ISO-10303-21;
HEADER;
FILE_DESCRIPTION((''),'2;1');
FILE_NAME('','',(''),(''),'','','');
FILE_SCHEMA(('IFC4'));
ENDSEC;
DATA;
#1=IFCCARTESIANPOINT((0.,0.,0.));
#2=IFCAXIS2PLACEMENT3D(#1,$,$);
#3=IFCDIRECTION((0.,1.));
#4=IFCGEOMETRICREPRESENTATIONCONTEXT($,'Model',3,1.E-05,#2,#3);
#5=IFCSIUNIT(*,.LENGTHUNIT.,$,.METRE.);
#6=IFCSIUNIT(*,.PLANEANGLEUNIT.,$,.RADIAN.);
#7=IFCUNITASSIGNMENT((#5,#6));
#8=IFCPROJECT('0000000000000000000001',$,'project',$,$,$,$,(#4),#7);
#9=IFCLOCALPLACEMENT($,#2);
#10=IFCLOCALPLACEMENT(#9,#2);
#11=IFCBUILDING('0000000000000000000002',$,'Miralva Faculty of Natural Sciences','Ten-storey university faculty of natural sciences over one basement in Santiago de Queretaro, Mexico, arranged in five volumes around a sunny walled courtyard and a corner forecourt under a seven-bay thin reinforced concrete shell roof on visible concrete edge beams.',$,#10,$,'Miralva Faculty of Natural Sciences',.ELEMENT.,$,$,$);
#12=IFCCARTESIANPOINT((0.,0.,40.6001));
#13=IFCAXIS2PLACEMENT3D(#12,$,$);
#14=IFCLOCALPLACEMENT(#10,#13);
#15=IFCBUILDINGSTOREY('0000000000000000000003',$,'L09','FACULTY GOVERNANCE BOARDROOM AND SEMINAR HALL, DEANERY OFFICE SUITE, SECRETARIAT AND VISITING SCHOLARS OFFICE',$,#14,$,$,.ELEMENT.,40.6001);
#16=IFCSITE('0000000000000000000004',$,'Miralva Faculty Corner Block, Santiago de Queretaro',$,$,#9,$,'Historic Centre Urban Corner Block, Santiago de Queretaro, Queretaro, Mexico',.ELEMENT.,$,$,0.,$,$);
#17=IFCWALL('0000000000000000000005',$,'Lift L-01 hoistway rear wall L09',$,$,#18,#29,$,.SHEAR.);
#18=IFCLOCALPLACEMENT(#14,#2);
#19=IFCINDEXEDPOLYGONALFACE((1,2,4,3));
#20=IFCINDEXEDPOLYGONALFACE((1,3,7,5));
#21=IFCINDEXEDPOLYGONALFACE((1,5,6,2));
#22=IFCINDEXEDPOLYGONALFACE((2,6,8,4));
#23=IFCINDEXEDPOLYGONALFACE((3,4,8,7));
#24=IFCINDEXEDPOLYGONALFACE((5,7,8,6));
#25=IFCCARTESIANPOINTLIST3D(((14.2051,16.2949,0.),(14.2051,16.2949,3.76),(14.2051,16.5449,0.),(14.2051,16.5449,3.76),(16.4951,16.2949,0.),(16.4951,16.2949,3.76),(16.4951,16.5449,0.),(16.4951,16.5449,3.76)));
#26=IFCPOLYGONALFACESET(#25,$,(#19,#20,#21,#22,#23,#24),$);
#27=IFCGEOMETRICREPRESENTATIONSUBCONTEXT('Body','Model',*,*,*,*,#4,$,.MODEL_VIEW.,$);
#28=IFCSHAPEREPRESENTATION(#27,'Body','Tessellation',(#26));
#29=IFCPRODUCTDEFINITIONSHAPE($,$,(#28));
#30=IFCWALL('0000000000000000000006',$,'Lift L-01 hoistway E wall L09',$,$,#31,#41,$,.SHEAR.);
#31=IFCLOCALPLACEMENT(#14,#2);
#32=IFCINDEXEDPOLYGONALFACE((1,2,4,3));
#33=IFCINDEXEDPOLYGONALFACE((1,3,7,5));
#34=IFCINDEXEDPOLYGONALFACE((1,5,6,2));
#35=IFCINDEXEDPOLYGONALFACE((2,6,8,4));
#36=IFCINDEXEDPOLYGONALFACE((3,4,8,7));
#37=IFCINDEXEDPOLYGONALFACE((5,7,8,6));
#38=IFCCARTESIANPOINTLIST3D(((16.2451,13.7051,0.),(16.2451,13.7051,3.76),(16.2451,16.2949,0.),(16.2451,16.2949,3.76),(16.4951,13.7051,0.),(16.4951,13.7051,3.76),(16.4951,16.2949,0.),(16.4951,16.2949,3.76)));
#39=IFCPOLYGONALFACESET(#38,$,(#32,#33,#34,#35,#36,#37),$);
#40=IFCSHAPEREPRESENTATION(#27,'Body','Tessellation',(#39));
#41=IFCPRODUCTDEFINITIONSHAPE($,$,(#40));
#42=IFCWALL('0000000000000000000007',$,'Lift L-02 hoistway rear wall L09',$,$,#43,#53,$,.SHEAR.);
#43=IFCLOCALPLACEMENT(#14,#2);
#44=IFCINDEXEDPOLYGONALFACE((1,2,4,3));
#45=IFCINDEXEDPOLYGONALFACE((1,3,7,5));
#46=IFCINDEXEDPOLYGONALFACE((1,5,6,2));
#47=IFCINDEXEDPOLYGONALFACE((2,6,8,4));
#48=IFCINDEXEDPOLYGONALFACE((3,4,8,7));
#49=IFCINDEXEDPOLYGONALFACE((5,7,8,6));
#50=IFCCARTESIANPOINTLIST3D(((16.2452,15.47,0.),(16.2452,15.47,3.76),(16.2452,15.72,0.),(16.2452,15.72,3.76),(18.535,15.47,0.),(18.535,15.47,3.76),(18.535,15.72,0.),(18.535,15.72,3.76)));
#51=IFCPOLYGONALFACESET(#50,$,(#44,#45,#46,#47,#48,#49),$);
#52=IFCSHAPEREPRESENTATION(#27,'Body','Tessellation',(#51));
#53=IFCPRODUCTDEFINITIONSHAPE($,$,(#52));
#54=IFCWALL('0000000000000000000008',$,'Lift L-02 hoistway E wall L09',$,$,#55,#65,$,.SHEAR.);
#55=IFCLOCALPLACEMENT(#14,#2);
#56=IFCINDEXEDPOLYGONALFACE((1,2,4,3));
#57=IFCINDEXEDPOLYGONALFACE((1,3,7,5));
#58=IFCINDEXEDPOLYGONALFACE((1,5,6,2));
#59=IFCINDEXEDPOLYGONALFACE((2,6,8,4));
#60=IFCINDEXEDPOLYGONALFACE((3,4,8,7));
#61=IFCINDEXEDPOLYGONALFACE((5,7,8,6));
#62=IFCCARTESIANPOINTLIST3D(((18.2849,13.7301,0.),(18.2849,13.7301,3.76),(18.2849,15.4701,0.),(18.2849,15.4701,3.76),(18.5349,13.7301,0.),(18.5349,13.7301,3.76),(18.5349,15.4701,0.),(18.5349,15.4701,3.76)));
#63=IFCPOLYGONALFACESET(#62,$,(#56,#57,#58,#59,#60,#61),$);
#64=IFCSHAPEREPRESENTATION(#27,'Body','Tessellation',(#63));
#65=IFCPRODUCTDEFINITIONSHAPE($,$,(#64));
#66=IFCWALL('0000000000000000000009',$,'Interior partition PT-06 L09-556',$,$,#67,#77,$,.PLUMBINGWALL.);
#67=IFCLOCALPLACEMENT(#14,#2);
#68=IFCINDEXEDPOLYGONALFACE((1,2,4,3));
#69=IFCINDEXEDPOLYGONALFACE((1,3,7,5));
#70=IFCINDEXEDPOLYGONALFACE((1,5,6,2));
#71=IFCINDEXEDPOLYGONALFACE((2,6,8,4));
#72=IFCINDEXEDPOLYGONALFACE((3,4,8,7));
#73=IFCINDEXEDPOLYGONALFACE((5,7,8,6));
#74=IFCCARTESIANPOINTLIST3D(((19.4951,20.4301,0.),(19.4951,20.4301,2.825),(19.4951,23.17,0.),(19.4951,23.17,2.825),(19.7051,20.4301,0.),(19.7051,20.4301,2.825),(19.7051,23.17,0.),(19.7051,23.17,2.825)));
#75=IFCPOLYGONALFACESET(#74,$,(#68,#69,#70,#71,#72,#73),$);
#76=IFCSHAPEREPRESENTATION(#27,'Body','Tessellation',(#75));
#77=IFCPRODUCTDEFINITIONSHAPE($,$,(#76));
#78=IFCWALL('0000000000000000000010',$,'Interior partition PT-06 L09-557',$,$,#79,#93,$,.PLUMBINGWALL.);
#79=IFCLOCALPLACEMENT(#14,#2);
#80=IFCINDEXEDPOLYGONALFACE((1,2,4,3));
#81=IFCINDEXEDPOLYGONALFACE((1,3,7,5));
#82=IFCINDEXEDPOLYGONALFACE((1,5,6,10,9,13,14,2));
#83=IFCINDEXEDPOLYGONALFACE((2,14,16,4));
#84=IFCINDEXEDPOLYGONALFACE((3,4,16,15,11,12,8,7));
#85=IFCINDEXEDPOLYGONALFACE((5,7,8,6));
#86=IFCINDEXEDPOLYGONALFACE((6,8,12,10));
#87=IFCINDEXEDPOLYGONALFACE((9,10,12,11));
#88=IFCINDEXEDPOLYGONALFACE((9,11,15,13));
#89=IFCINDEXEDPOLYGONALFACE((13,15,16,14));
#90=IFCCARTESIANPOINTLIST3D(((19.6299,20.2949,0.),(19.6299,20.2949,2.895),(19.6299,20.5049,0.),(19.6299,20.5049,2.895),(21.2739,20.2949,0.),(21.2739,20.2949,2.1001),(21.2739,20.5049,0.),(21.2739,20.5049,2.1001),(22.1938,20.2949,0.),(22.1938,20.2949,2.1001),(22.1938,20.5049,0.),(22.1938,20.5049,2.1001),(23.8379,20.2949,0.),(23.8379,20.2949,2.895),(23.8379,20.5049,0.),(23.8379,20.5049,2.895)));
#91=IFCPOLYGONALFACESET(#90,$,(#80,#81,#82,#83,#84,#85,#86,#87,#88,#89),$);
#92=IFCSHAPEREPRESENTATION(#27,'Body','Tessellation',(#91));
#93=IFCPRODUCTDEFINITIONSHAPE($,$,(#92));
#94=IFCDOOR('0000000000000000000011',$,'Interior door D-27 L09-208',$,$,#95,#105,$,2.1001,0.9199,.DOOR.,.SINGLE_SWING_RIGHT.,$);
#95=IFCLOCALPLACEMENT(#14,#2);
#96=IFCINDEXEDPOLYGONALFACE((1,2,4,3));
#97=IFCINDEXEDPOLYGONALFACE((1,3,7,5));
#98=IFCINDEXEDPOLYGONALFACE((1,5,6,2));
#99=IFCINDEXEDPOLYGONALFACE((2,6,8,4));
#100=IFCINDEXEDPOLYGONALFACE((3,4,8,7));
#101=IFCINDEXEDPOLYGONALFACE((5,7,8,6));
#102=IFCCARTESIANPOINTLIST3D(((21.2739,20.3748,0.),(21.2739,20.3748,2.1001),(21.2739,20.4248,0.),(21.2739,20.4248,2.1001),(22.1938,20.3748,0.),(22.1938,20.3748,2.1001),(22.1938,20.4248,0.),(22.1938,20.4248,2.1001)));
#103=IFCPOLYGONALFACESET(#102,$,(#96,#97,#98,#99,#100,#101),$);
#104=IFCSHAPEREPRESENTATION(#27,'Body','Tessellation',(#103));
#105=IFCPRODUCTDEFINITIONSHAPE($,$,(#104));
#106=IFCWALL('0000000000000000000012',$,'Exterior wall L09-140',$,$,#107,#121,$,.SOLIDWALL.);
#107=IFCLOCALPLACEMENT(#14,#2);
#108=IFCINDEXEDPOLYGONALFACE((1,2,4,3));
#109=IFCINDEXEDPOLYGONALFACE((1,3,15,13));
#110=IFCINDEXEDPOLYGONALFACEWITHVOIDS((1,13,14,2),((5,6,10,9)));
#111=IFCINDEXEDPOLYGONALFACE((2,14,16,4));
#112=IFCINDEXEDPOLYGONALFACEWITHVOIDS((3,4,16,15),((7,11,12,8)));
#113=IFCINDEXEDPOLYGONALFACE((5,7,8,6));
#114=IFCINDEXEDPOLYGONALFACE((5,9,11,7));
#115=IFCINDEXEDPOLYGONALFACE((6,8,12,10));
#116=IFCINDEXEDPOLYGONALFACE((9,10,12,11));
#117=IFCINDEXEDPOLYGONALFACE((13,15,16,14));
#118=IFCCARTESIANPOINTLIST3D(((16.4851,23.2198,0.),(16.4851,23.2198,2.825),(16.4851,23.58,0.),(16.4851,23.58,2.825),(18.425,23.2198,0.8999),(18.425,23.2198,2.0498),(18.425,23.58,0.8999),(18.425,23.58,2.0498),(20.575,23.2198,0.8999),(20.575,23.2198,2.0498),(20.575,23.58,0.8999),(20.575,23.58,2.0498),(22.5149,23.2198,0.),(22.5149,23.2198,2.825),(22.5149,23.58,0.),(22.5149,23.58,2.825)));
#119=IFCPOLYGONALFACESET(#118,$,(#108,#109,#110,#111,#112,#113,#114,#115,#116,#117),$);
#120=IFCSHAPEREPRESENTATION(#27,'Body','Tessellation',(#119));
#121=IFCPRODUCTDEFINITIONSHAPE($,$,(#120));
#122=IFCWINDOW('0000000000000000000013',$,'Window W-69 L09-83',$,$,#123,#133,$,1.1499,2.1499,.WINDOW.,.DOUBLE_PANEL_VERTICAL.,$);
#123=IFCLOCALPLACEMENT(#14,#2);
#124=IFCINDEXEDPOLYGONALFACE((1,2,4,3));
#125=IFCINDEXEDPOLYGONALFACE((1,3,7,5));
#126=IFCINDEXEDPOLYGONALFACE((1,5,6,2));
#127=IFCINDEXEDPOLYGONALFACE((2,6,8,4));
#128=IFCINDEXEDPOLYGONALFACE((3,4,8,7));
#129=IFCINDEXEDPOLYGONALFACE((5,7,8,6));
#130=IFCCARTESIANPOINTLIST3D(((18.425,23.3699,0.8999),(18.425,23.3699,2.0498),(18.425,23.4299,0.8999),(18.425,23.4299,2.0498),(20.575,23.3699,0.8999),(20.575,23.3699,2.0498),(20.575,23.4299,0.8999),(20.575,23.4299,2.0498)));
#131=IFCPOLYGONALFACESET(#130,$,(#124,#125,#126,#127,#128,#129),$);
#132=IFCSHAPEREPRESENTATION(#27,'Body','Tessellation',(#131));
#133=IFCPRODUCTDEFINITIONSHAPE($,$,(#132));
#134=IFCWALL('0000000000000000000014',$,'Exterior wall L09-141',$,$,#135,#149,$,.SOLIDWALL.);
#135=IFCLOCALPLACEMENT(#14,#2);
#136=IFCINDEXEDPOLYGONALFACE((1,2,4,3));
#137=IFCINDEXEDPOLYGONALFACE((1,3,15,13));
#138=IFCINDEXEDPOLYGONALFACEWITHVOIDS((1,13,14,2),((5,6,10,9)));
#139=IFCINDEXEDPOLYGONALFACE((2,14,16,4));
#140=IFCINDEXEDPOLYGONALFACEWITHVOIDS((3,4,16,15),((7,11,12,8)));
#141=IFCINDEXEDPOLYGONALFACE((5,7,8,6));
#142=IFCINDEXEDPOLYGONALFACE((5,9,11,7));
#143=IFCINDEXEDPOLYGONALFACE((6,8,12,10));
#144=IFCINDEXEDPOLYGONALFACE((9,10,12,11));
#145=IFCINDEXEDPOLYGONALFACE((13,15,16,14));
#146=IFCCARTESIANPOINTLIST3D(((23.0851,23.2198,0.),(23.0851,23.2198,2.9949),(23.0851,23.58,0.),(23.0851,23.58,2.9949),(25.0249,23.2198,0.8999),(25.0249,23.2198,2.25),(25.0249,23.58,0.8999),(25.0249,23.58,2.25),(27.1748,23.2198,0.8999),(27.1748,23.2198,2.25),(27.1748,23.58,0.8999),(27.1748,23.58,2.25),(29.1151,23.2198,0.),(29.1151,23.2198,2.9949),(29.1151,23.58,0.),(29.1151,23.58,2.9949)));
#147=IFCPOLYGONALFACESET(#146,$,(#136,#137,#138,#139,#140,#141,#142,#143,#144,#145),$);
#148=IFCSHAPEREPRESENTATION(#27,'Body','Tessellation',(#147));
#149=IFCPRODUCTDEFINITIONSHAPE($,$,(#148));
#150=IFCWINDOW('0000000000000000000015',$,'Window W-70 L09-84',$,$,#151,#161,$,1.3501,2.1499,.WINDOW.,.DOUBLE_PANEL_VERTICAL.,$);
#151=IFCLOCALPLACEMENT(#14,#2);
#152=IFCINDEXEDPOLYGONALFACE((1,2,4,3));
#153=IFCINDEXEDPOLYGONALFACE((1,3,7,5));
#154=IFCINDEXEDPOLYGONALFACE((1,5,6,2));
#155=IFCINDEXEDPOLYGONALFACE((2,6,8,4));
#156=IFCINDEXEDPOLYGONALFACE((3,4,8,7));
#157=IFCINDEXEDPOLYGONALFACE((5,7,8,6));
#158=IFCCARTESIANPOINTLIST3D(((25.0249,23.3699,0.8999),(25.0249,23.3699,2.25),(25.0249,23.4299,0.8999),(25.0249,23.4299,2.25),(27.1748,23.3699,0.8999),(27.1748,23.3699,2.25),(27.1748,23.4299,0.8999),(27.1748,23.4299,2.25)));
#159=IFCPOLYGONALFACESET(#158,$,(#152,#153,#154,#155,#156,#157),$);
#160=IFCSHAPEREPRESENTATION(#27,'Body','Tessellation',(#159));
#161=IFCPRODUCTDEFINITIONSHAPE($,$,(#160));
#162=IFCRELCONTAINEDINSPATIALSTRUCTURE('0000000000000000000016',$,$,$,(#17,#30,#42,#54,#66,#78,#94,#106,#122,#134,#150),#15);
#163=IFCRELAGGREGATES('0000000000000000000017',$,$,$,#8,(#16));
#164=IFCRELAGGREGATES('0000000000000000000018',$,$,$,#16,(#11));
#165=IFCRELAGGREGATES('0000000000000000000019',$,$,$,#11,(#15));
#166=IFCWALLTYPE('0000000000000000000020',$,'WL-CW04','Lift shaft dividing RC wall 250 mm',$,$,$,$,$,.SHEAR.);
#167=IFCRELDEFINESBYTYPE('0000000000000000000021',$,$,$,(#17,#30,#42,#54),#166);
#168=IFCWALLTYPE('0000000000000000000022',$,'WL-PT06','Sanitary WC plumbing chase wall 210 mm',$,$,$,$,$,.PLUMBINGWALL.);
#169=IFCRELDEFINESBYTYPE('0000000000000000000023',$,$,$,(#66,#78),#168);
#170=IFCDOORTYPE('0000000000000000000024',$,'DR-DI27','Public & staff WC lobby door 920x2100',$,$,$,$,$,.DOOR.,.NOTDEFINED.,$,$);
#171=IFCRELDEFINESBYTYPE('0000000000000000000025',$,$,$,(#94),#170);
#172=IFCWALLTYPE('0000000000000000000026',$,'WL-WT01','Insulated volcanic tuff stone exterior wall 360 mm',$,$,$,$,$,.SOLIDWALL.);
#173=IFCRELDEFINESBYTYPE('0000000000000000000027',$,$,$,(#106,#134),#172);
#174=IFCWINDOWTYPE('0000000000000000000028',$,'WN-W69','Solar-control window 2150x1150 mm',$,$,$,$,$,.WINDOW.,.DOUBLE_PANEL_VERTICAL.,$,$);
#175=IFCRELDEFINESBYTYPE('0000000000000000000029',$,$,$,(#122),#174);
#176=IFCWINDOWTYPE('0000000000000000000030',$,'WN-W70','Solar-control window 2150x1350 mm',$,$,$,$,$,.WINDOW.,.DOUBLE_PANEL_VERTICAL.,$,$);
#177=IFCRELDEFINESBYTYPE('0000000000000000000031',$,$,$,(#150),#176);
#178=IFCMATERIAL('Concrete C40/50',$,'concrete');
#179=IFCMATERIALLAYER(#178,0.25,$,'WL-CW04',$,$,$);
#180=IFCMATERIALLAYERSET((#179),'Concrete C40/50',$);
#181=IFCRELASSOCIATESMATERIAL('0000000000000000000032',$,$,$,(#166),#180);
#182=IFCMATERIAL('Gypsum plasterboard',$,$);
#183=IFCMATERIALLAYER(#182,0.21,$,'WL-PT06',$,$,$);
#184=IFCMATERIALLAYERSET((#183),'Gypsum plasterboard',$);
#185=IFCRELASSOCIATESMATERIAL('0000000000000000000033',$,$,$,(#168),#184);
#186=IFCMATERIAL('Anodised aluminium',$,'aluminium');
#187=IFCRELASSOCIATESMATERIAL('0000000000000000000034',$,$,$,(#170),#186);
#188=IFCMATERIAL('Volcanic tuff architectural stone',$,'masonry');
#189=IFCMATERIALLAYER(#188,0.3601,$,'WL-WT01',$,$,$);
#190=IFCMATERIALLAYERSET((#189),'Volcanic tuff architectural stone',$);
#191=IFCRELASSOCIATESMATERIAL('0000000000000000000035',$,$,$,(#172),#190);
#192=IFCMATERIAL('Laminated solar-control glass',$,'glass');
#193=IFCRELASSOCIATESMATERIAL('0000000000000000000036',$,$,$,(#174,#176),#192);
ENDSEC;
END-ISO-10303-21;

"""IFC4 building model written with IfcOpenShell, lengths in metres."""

from ifc_helpers import new_model, si_unit, direction, frame, frame_2d, origin, place, context, subcontext, project, spatial, rectangle, extrude, material, layer, layer_set, type_object, element, fill, save


model = new_model("IFC4")

# Units and contexts
model_context = context("Model", 3, precision=1e-05, world=origin(), true_north=direction((0.0, 1.0)))
body_context = subcontext(model_context, "Body", "Model", "MODEL_VIEW")
ifc_project = project(units=[si_unit("LENGTHUNIT", "METRE"), si_unit("PLANEANGLEUNIT", "RADIAN")], contexts=[model_context])

# Site, building, storey
site_placement = place(None, origin())
site = spatial("IfcSite", under=ifc_project, at=site_placement, Name="Miralva Faculty Corner Block, Santiago de Queretaro", LongName="Historic Centre Urban Corner Block, Santiago de Queretaro, Queretaro, Mexico", CompositionType="ELEMENT", RefElevation=0.0)
building_placement = place(site_placement, origin())
building = spatial("IfcBuilding", under=site, at=building_placement, Name="Miralva Faculty of Natural Sciences", Description="Ten-storey university faculty of natural sciences over one basement in Santiago de Queretaro, Mexico, arranged in five volumes around a sunny walled courtyard and a corner forecourt under a seven-bay thin reinforced concrete shell roof on visible concrete edge beams.", LongName="Miralva Faculty of Natural Sciences", CompositionType="ELEMENT")
storey_placement = place(building_placement, frame((0.0, 0.0, 40.6001)))
storey = spatial("IfcBuildingStorey", under=building, at=storey_placement, Name="L09", Description="FACULTY GOVERNANCE BOARDROOM AND SEMINAR HALL, DEANERY OFFICE SUITE, SECRETARIAT AND VISITING SCHOLARS OFFICE", CompositionType="ELEMENT", Elevation=40.6001)

# Shared definitions
ifc_material_1 = material(Name="Concrete C40/50", Category="concrete")

# Shared definitions
ifc_layer_1 = layer(ifc_material_1, 0.25, Name="WL-CW04")
ifc_layer_set_1 = layer_set([ifc_layer_1], Name="Concrete C40/50")
wall_type_1 = type_object("IfcWallType", Name="WL-CW04", Description="Lift shaft dividing RC wall 250 mm", PredefinedType="SHEAR", material=ifc_layer_set_1)

# Walls
wall_1_placement = place(storey_placement, frame((14.2051, 16.4199, 0.0), z_axis=(0.0, 0.0, 1.0), x_axis=(1.0, 0.0, 0.0)))
element("IfcWall", 1, at=wall_1_placement, inside=storey, type_object=wall_type_1, Name="Lift L-01 hoistway rear wall L09", PredefinedType="SHEAR", context=body_context, shape_type="SweptSolid", body=[
    extrude(rectangle(XDim=2.29, YDim=0.25, at=frame_2d((1.145, 0.0))), origin(), (0.0, 0.0, 1.0), 3.76),
])
wall_2_placement = place(storey_placement, frame((16.3701, 13.7051, 0.0), z_axis=(0.0, 0.0, 1.0), x_axis=(0.0, 1.0, 0.0)))
element("IfcWall", 2, at=wall_2_placement, inside=storey, type_object=wall_type_1, Name="Lift L-01 hoistway E wall L09", PredefinedType="SHEAR", context=body_context, shape_type="SweptSolid", body=[
    extrude(rectangle(XDim=2.5898, YDim=0.25, at=frame_2d((1.2949, 0.0))), origin(), (0.0, 0.0, 1.0), 3.76),
])

# Walls
wall_3_placement = place(storey_placement, frame((16.2451, 15.595, 0.0), z_axis=(0.0, 0.0, 1.0), x_axis=(1.0, 0.0, 0.0)))
element("IfcWall", 3, at=wall_3_placement, inside=storey, type_object=wall_type_1, Name="Lift L-02 hoistway rear wall L09", PredefinedType="SHEAR", context=body_context, shape_type="SweptSolid", body=[
    extrude(rectangle(XDim=2.2898, YDim=0.25, at=frame_2d((1.145, 0.0))), origin(), (0.0, 0.0, 1.0), 3.76),
])
wall_4_placement = place(storey_placement, frame((18.4099, 13.73, 0.0), z_axis=(0.0, 0.0, 1.0), x_axis=(0.0, 1.0, 0.0)))
element("IfcWall", 4, at=wall_4_placement, inside=storey, type_object=wall_type_1, Name="Lift L-02 hoistway E wall L09", PredefinedType="SHEAR", context=body_context, shape_type="SweptSolid", body=[
    extrude(rectangle(XDim=1.74, YDim=0.25, at=frame_2d((0.8701, 0.0))), origin(), (0.0, 0.0, 1.0), 3.76),
])
ifc_material_2 = material(Name="Gypsum plasterboard")
ifc_layer_2 = layer(ifc_material_2, 0.21, Name="WL-PT06")
ifc_layer_set_2 = layer_set([ifc_layer_2], Name="Gypsum plasterboard")
wall_type_2 = type_object("IfcWallType", Name="WL-PT06", Description="Sanitary WC plumbing chase wall 210 mm", PredefinedType="PLUMBINGWALL", material=ifc_layer_set_2)
wall_5_placement = place(storey_placement, frame((19.6001, 20.4299, 0.0), z_axis=(0.0, 0.0, 1.0), x_axis=(0.0, 1.0, 0.0)))
element("IfcWall", 5, at=wall_5_placement, inside=storey, type_object=wall_type_2, Name="Interior partition PT-06 L09-556", PredefinedType="PLUMBINGWALL", context=body_context, shape_type="SweptSolid", body=[
    extrude(rectangle(XDim=2.74, YDim=0.21, at=frame_2d((1.3701, 0.0))), origin(), (0.0, 0.0, 1.0), 2.825),
])

# Wall, opening, door
wall_6_placement = place(storey_placement, frame((19.6299, 20.3999, 0.0), z_axis=(0.0, 0.0, 1.0), x_axis=(1.0, 0.0, 0.0)))
wall_6 = element("IfcWall", 6, at=wall_6_placement, inside=storey, type_object=wall_type_2, Name="Interior partition PT-06 L09-557", PredefinedType="PLUMBINGWALL", context=body_context, shape_type="SweptSolid", body=[
    extrude(rectangle(XDim=4.208, YDim=0.21, at=frame_2d((2.104, 0.0))), origin(), (0.0, 0.0, 1.0), 2.895),
])
opening_1_placement = place(wall_6_placement, frame((1.644, 0.0, 0.0)))
opening_1 = element("IfcOpeningElement", 7, at=opening_1_placement, cuts=wall_6, PredefinedType="OPENING", context=body_context, shape_type="SweptSolid", body=[
    extrude(rectangle(XDim=0.9199, YDim=2.1001, at=frame_2d((0.46, 1.05))), frame((0.0, 0.115, 0.0), z_axis=(0.0, -1.0, 0.0), x_axis=(1.0, 0.0, 0.0)), (0.0, 0.0, 1.0), 0.23),
])
ifc_material_3 = material(Name="Anodised aluminium", Category="aluminium")
door_type_1 = type_object("IfcDoorType", Name="DR-DI27", Description="Public & staff WC lobby door 920x2100", OperationType="NOTDEFINED", PredefinedType="DOOR", material=ifc_material_3)
door_1_placement = place(opening_1_placement, origin())
door_1 = element("IfcDoor", 8, at=door_1_placement, inside=storey, type_object=door_type_1, Name="Interior door D-27 L09-208", OperationType="SINGLE_SWING_RIGHT", OverallHeight=2.1001, OverallWidth=0.9199, PredefinedType="DOOR", context=body_context, shape_type="SweptSolid", body=[
    extrude(rectangle(XDim=0.9199, YDim=2.1001, at=frame_2d((0.46, 1.05))), frame((0.0, 0.0249, 0.0), z_axis=(0.0, -1.0, 0.0), x_axis=(1.0, 0.0, 0.0)), (0.0, 0.0, 1.0), 0.05),
])
fill(opening_1, door_1)

# Walls, openings, windows
ifc_material_4 = material(Name="Volcanic tuff architectural stone", Category="masonry")
ifc_layer_3 = layer(ifc_material_4, 0.3601, Name="WL-WT01")
ifc_layer_set_3 = layer_set([ifc_layer_3], Name="Volcanic tuff architectural stone")
wall_type_3 = type_object("IfcWallType", Name="WL-WT01", Description="Insulated volcanic tuff stone exterior wall 360 mm", PredefinedType="SOLIDWALL", material=ifc_layer_set_3)
wall_7_placement = place(storey_placement, frame((16.4851, 23.3999, 0.0), z_axis=(0.0, 0.0, 1.0), x_axis=(1.0, 0.0, 0.0)))
wall_7 = element("IfcWall", 9, at=wall_7_placement, inside=storey, type_object=wall_type_3, Name="Exterior wall L09-140", PredefinedType="SOLIDWALL", context=body_context, shape_type="SweptSolid", body=[
    extrude(rectangle(XDim=6.0298, YDim=0.3601, at=frame_2d((3.0149, 0.0))), origin(), (0.0, 0.0, 1.0), 2.825),
])
opening_2_placement = place(wall_7_placement, frame((1.9399, 0.0, 0.8999)))
opening_2 = element("IfcOpeningElement", 10, at=opening_2_placement, cuts=wall_7, PredefinedType="OPENING", context=body_context, shape_type="SweptSolid", body=[
    extrude(rectangle(XDim=2.1499, YDim=1.1499, at=frame_2d((1.075, 0.575))), frame((0.0, 0.1899, 0.0), z_axis=(0.0, -1.0, 0.0), x_axis=(1.0, 0.0, 0.0)), (0.0, 0.0, 1.0), 0.3801),
])
ifc_material_5 = material(Name="Laminated solar-control glass", Category="glass")
window_type_1 = type_object("IfcWindowType", Name="WN-W69", Description="Solar-control window 2150x1150 mm", PartitioningType="DOUBLE_PANEL_VERTICAL", PredefinedType="WINDOW", material=ifc_material_5)
window_1_placement = place(opening_2_placement, origin())
window_1 = element("IfcWindow", 11, at=window_1_placement, inside=storey, type_object=window_type_1, Name="Window W-69 L09-83", OverallHeight=1.1499, OverallWidth=2.1499, PartitioningType="DOUBLE_PANEL_VERTICAL", PredefinedType="WINDOW", context=body_context, shape_type="SweptSolid", body=[
    extrude(rectangle(XDim=2.1499, YDim=1.1499, at=frame_2d((1.075, 0.575))), frame((0.0, 0.03, 0.0), z_axis=(0.0, -1.0, 0.0), x_axis=(1.0, 0.0, 0.0)), (0.0, 0.0, 1.0), 0.0601),
])
fill(opening_2, window_1)
wall_8_placement = place(storey_placement, frame((23.085, 23.3999, 0.0), z_axis=(0.0, 0.0, 1.0), x_axis=(1.0, 0.0, 0.0)))
wall_8 = element("IfcWall", 12, at=wall_8_placement, inside=storey, type_object=wall_type_3, Name="Exterior wall L09-141", PredefinedType="SOLIDWALL", context=body_context, shape_type="SweptSolid", body=[
    extrude(rectangle(XDim=6.03, YDim=0.3601, at=frame_2d((3.0151, 0.0))), origin(), (0.0, 0.0, 1.0), 2.9949),
])
opening_3_placement = place(wall_8_placement, frame((1.9399, 0.0, 0.8999)))
opening_3 = element("IfcOpeningElement", 13, at=opening_3_placement, cuts=wall_8, PredefinedType="OPENING", context=body_context, shape_type="SweptSolid", body=[
    extrude(rectangle(XDim=2.1499, YDim=1.3501, at=frame_2d((1.075, 0.675))), frame((0.0, 0.1899, 0.0), z_axis=(0.0, -1.0, 0.0), x_axis=(1.0, 0.0, 0.0)), (0.0, 0.0, 1.0), 0.3801),
])
window_type_2 = type_object("IfcWindowType", Name="WN-W70", Description="Solar-control window 2150x1350 mm", PartitioningType="DOUBLE_PANEL_VERTICAL", PredefinedType="WINDOW", material=ifc_material_5)
window_2_placement = place(opening_3_placement, origin())
window_2 = element("IfcWindow", 14, at=window_2_placement, inside=storey, type_object=window_type_2, Name="Window W-70 L09-84", OverallHeight=1.3501, OverallWidth=2.1499, PartitioningType="DOUBLE_PANEL_VERTICAL", PredefinedType="WINDOW", context=body_context, shape_type="SweptSolid", body=[
    extrude(rectangle(XDim=2.1499, YDim=1.3501, at=frame_2d((1.075, 0.675))), frame((0.0, 0.03, 0.0), z_axis=(0.0, -1.0, 0.0), x_axis=(1.0, 0.0, 0.0)), (0.0, 0.0, 1.0), 0.0601),
])
fill(opening_3, window_2)

save(model, "model.ifc")
